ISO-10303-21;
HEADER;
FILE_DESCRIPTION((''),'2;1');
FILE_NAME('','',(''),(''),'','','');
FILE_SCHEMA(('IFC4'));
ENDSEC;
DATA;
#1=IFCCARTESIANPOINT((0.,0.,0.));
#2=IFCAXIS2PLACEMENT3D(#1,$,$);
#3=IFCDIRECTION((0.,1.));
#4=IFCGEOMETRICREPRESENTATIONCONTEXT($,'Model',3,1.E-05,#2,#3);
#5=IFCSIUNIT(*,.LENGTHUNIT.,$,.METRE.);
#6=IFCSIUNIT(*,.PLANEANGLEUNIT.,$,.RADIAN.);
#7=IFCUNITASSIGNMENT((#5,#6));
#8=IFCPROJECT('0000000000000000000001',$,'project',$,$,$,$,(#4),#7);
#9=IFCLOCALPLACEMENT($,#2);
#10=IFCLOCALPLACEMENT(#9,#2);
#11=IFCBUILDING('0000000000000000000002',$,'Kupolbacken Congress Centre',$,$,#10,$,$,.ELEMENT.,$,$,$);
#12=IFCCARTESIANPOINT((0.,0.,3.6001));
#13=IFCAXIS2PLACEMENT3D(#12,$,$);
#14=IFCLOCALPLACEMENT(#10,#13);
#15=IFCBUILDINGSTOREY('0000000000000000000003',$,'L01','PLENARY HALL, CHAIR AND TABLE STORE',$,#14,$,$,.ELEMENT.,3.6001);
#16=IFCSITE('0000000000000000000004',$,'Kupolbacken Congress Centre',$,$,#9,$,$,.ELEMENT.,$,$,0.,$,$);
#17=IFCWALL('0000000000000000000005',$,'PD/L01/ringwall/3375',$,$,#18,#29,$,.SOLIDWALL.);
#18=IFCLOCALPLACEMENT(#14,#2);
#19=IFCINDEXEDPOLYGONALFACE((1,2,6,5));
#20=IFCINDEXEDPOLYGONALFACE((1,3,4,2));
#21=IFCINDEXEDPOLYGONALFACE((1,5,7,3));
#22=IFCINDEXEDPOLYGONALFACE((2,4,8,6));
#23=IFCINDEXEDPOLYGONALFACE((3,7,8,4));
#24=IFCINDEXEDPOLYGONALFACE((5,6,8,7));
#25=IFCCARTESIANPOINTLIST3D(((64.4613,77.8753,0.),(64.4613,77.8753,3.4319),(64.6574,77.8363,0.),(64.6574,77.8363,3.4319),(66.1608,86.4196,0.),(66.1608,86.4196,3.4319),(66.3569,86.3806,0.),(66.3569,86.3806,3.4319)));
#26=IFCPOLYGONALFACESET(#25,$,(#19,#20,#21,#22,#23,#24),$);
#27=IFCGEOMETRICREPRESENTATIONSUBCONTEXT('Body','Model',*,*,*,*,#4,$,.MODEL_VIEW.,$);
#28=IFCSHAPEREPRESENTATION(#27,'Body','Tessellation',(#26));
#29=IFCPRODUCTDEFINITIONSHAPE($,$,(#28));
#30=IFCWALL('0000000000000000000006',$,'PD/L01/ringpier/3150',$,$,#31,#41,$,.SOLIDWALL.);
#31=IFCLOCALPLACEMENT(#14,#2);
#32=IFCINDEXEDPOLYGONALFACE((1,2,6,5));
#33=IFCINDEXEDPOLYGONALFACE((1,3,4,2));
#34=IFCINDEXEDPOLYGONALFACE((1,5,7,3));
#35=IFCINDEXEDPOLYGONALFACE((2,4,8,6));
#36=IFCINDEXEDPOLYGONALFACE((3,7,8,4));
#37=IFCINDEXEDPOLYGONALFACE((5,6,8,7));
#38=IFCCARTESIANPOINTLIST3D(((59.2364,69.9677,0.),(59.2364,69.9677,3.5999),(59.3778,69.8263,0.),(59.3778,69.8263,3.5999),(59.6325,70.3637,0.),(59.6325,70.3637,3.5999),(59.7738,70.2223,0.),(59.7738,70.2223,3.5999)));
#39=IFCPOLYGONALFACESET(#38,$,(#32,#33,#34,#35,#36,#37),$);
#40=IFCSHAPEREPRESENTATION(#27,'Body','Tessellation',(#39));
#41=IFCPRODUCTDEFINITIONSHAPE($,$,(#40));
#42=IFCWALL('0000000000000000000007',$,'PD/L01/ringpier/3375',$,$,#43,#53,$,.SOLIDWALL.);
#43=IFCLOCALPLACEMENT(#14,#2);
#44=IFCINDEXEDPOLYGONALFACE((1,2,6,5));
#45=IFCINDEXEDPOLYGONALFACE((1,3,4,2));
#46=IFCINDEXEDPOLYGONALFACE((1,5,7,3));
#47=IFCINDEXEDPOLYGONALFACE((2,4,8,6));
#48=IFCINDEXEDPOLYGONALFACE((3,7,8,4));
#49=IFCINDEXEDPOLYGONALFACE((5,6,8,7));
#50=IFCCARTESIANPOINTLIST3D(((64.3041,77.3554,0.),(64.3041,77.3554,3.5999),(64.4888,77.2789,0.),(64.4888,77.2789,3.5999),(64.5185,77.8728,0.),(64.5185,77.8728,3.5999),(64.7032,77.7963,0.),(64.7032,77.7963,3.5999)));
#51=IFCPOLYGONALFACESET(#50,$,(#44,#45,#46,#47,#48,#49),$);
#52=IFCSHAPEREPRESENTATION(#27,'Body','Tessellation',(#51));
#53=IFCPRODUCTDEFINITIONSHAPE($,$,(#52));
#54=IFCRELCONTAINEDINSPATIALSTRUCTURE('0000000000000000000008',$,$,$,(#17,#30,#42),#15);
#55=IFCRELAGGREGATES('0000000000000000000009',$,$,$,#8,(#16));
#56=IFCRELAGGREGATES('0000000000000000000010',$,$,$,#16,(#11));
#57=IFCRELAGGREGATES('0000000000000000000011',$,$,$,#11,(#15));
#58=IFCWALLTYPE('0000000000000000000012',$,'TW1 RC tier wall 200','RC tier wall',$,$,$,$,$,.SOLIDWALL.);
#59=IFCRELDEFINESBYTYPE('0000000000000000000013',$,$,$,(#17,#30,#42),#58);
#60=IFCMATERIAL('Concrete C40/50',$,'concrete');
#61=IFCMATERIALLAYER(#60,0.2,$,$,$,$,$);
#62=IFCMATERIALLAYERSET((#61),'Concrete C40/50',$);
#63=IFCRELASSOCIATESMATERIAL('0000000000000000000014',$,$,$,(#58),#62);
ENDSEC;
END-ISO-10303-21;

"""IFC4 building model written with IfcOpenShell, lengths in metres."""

from ifc_helpers import new_model, si_unit, direction, frame, frame_2d, origin, place, context, subcontext, project, spatial, rectangle, extrude, material, layer, layer_set, type_object, element, save


model = new_model("IFC4")

# Units and contexts
model_context = context("Model", 3, precision=1e-05, world=origin(), true_north=direction((0.0, 1.0)))
body_context = subcontext(model_context, "Body", "Model", "MODEL_VIEW")
ifc_project = project(units=[si_unit("LENGTHUNIT", "METRE"), si_unit("PLANEANGLEUNIT", "RADIAN")], contexts=[model_context])

# Site, building, storey
site_placement = place(None, origin())
site = spatial("IfcSite", under=ifc_project, at=site_placement, Name="Kupolbacken Congress Centre", CompositionType="ELEMENT", RefElevation=0.0)
building_placement = place(site_placement, origin())
building = spatial("IfcBuilding", under=site, at=building_placement, Name="Kupolbacken Congress Centre", CompositionType="ELEMENT")
storey_placement = place(building_placement, frame((0.0, 0.0, 3.6001)))
storey = spatial("IfcBuildingStorey", under=building, at=storey_placement, Name="L01", Description="PLENARY HALL, CHAIR AND TABLE STORE", CompositionType="ELEMENT", Elevation=3.6001)

# Walls
ifc_material_1 = material(Name="Concrete C40/50", Category="concrete")
ifc_layer_1 = layer(ifc_material_1, 0.2)
ifc_layer_set_1 = layer_set([ifc_layer_1], Name="Concrete C40/50")
wall_type_1 = type_object("IfcWallType", Name="TW1 RC tier wall 200", Description="RC tier wall", PredefinedType="SOLIDWALL", material=ifc_layer_set_1)
wall_1_placement = place(storey_placement, frame((64.5593, 77.8557, 0.0), z_axis=(0.0, 0.0, 1.0), x_axis=(0.195081, 0.980787, 0.0)))
element("IfcWall", 1, at=wall_1_placement, inside=storey, type_object=wall_type_1, Name="PD/L01/ringwall/3375", PredefinedType="SOLIDWALL", context=body_context, shape_type="SweptSolid", body=[
    extrude(rectangle(XDim=8.7117, YDim=0.2, at=frame_2d((4.356, 0.0))), origin(), (0.0, 0.0, 1.0), 3.4319),
])
for number, where, z_axis, x_axis, name in (
    (2, (59.3071, 69.897, 0.0), (0.0, 0.0, 1.0), (0.707107, 0.707107, 0.0), "PD/L01/ringpier/3150"),
    (3, (64.3965, 77.3171, 0.0), (0.0, 0.0, 1.0), (0.382788, 0.923836, 0.0), "PD/L01/ringpier/3375"),
):
    element("IfcWall", number, at=place(storey_placement, frame(where, z_axis=z_axis, x_axis=x_axis)), inside=storey, type_object=wall_type_1, Name=name, PredefinedType="SOLIDWALL", context=body_context, shape_type="SweptSolid", body=[
        extrude(rectangle(XDim=0.5601, YDim=0.2, at=frame_2d((0.28, 0.0))), origin(), (0.0, 0.0, 1.0), 3.5999),
    ])

save(model, "model.ifc")
